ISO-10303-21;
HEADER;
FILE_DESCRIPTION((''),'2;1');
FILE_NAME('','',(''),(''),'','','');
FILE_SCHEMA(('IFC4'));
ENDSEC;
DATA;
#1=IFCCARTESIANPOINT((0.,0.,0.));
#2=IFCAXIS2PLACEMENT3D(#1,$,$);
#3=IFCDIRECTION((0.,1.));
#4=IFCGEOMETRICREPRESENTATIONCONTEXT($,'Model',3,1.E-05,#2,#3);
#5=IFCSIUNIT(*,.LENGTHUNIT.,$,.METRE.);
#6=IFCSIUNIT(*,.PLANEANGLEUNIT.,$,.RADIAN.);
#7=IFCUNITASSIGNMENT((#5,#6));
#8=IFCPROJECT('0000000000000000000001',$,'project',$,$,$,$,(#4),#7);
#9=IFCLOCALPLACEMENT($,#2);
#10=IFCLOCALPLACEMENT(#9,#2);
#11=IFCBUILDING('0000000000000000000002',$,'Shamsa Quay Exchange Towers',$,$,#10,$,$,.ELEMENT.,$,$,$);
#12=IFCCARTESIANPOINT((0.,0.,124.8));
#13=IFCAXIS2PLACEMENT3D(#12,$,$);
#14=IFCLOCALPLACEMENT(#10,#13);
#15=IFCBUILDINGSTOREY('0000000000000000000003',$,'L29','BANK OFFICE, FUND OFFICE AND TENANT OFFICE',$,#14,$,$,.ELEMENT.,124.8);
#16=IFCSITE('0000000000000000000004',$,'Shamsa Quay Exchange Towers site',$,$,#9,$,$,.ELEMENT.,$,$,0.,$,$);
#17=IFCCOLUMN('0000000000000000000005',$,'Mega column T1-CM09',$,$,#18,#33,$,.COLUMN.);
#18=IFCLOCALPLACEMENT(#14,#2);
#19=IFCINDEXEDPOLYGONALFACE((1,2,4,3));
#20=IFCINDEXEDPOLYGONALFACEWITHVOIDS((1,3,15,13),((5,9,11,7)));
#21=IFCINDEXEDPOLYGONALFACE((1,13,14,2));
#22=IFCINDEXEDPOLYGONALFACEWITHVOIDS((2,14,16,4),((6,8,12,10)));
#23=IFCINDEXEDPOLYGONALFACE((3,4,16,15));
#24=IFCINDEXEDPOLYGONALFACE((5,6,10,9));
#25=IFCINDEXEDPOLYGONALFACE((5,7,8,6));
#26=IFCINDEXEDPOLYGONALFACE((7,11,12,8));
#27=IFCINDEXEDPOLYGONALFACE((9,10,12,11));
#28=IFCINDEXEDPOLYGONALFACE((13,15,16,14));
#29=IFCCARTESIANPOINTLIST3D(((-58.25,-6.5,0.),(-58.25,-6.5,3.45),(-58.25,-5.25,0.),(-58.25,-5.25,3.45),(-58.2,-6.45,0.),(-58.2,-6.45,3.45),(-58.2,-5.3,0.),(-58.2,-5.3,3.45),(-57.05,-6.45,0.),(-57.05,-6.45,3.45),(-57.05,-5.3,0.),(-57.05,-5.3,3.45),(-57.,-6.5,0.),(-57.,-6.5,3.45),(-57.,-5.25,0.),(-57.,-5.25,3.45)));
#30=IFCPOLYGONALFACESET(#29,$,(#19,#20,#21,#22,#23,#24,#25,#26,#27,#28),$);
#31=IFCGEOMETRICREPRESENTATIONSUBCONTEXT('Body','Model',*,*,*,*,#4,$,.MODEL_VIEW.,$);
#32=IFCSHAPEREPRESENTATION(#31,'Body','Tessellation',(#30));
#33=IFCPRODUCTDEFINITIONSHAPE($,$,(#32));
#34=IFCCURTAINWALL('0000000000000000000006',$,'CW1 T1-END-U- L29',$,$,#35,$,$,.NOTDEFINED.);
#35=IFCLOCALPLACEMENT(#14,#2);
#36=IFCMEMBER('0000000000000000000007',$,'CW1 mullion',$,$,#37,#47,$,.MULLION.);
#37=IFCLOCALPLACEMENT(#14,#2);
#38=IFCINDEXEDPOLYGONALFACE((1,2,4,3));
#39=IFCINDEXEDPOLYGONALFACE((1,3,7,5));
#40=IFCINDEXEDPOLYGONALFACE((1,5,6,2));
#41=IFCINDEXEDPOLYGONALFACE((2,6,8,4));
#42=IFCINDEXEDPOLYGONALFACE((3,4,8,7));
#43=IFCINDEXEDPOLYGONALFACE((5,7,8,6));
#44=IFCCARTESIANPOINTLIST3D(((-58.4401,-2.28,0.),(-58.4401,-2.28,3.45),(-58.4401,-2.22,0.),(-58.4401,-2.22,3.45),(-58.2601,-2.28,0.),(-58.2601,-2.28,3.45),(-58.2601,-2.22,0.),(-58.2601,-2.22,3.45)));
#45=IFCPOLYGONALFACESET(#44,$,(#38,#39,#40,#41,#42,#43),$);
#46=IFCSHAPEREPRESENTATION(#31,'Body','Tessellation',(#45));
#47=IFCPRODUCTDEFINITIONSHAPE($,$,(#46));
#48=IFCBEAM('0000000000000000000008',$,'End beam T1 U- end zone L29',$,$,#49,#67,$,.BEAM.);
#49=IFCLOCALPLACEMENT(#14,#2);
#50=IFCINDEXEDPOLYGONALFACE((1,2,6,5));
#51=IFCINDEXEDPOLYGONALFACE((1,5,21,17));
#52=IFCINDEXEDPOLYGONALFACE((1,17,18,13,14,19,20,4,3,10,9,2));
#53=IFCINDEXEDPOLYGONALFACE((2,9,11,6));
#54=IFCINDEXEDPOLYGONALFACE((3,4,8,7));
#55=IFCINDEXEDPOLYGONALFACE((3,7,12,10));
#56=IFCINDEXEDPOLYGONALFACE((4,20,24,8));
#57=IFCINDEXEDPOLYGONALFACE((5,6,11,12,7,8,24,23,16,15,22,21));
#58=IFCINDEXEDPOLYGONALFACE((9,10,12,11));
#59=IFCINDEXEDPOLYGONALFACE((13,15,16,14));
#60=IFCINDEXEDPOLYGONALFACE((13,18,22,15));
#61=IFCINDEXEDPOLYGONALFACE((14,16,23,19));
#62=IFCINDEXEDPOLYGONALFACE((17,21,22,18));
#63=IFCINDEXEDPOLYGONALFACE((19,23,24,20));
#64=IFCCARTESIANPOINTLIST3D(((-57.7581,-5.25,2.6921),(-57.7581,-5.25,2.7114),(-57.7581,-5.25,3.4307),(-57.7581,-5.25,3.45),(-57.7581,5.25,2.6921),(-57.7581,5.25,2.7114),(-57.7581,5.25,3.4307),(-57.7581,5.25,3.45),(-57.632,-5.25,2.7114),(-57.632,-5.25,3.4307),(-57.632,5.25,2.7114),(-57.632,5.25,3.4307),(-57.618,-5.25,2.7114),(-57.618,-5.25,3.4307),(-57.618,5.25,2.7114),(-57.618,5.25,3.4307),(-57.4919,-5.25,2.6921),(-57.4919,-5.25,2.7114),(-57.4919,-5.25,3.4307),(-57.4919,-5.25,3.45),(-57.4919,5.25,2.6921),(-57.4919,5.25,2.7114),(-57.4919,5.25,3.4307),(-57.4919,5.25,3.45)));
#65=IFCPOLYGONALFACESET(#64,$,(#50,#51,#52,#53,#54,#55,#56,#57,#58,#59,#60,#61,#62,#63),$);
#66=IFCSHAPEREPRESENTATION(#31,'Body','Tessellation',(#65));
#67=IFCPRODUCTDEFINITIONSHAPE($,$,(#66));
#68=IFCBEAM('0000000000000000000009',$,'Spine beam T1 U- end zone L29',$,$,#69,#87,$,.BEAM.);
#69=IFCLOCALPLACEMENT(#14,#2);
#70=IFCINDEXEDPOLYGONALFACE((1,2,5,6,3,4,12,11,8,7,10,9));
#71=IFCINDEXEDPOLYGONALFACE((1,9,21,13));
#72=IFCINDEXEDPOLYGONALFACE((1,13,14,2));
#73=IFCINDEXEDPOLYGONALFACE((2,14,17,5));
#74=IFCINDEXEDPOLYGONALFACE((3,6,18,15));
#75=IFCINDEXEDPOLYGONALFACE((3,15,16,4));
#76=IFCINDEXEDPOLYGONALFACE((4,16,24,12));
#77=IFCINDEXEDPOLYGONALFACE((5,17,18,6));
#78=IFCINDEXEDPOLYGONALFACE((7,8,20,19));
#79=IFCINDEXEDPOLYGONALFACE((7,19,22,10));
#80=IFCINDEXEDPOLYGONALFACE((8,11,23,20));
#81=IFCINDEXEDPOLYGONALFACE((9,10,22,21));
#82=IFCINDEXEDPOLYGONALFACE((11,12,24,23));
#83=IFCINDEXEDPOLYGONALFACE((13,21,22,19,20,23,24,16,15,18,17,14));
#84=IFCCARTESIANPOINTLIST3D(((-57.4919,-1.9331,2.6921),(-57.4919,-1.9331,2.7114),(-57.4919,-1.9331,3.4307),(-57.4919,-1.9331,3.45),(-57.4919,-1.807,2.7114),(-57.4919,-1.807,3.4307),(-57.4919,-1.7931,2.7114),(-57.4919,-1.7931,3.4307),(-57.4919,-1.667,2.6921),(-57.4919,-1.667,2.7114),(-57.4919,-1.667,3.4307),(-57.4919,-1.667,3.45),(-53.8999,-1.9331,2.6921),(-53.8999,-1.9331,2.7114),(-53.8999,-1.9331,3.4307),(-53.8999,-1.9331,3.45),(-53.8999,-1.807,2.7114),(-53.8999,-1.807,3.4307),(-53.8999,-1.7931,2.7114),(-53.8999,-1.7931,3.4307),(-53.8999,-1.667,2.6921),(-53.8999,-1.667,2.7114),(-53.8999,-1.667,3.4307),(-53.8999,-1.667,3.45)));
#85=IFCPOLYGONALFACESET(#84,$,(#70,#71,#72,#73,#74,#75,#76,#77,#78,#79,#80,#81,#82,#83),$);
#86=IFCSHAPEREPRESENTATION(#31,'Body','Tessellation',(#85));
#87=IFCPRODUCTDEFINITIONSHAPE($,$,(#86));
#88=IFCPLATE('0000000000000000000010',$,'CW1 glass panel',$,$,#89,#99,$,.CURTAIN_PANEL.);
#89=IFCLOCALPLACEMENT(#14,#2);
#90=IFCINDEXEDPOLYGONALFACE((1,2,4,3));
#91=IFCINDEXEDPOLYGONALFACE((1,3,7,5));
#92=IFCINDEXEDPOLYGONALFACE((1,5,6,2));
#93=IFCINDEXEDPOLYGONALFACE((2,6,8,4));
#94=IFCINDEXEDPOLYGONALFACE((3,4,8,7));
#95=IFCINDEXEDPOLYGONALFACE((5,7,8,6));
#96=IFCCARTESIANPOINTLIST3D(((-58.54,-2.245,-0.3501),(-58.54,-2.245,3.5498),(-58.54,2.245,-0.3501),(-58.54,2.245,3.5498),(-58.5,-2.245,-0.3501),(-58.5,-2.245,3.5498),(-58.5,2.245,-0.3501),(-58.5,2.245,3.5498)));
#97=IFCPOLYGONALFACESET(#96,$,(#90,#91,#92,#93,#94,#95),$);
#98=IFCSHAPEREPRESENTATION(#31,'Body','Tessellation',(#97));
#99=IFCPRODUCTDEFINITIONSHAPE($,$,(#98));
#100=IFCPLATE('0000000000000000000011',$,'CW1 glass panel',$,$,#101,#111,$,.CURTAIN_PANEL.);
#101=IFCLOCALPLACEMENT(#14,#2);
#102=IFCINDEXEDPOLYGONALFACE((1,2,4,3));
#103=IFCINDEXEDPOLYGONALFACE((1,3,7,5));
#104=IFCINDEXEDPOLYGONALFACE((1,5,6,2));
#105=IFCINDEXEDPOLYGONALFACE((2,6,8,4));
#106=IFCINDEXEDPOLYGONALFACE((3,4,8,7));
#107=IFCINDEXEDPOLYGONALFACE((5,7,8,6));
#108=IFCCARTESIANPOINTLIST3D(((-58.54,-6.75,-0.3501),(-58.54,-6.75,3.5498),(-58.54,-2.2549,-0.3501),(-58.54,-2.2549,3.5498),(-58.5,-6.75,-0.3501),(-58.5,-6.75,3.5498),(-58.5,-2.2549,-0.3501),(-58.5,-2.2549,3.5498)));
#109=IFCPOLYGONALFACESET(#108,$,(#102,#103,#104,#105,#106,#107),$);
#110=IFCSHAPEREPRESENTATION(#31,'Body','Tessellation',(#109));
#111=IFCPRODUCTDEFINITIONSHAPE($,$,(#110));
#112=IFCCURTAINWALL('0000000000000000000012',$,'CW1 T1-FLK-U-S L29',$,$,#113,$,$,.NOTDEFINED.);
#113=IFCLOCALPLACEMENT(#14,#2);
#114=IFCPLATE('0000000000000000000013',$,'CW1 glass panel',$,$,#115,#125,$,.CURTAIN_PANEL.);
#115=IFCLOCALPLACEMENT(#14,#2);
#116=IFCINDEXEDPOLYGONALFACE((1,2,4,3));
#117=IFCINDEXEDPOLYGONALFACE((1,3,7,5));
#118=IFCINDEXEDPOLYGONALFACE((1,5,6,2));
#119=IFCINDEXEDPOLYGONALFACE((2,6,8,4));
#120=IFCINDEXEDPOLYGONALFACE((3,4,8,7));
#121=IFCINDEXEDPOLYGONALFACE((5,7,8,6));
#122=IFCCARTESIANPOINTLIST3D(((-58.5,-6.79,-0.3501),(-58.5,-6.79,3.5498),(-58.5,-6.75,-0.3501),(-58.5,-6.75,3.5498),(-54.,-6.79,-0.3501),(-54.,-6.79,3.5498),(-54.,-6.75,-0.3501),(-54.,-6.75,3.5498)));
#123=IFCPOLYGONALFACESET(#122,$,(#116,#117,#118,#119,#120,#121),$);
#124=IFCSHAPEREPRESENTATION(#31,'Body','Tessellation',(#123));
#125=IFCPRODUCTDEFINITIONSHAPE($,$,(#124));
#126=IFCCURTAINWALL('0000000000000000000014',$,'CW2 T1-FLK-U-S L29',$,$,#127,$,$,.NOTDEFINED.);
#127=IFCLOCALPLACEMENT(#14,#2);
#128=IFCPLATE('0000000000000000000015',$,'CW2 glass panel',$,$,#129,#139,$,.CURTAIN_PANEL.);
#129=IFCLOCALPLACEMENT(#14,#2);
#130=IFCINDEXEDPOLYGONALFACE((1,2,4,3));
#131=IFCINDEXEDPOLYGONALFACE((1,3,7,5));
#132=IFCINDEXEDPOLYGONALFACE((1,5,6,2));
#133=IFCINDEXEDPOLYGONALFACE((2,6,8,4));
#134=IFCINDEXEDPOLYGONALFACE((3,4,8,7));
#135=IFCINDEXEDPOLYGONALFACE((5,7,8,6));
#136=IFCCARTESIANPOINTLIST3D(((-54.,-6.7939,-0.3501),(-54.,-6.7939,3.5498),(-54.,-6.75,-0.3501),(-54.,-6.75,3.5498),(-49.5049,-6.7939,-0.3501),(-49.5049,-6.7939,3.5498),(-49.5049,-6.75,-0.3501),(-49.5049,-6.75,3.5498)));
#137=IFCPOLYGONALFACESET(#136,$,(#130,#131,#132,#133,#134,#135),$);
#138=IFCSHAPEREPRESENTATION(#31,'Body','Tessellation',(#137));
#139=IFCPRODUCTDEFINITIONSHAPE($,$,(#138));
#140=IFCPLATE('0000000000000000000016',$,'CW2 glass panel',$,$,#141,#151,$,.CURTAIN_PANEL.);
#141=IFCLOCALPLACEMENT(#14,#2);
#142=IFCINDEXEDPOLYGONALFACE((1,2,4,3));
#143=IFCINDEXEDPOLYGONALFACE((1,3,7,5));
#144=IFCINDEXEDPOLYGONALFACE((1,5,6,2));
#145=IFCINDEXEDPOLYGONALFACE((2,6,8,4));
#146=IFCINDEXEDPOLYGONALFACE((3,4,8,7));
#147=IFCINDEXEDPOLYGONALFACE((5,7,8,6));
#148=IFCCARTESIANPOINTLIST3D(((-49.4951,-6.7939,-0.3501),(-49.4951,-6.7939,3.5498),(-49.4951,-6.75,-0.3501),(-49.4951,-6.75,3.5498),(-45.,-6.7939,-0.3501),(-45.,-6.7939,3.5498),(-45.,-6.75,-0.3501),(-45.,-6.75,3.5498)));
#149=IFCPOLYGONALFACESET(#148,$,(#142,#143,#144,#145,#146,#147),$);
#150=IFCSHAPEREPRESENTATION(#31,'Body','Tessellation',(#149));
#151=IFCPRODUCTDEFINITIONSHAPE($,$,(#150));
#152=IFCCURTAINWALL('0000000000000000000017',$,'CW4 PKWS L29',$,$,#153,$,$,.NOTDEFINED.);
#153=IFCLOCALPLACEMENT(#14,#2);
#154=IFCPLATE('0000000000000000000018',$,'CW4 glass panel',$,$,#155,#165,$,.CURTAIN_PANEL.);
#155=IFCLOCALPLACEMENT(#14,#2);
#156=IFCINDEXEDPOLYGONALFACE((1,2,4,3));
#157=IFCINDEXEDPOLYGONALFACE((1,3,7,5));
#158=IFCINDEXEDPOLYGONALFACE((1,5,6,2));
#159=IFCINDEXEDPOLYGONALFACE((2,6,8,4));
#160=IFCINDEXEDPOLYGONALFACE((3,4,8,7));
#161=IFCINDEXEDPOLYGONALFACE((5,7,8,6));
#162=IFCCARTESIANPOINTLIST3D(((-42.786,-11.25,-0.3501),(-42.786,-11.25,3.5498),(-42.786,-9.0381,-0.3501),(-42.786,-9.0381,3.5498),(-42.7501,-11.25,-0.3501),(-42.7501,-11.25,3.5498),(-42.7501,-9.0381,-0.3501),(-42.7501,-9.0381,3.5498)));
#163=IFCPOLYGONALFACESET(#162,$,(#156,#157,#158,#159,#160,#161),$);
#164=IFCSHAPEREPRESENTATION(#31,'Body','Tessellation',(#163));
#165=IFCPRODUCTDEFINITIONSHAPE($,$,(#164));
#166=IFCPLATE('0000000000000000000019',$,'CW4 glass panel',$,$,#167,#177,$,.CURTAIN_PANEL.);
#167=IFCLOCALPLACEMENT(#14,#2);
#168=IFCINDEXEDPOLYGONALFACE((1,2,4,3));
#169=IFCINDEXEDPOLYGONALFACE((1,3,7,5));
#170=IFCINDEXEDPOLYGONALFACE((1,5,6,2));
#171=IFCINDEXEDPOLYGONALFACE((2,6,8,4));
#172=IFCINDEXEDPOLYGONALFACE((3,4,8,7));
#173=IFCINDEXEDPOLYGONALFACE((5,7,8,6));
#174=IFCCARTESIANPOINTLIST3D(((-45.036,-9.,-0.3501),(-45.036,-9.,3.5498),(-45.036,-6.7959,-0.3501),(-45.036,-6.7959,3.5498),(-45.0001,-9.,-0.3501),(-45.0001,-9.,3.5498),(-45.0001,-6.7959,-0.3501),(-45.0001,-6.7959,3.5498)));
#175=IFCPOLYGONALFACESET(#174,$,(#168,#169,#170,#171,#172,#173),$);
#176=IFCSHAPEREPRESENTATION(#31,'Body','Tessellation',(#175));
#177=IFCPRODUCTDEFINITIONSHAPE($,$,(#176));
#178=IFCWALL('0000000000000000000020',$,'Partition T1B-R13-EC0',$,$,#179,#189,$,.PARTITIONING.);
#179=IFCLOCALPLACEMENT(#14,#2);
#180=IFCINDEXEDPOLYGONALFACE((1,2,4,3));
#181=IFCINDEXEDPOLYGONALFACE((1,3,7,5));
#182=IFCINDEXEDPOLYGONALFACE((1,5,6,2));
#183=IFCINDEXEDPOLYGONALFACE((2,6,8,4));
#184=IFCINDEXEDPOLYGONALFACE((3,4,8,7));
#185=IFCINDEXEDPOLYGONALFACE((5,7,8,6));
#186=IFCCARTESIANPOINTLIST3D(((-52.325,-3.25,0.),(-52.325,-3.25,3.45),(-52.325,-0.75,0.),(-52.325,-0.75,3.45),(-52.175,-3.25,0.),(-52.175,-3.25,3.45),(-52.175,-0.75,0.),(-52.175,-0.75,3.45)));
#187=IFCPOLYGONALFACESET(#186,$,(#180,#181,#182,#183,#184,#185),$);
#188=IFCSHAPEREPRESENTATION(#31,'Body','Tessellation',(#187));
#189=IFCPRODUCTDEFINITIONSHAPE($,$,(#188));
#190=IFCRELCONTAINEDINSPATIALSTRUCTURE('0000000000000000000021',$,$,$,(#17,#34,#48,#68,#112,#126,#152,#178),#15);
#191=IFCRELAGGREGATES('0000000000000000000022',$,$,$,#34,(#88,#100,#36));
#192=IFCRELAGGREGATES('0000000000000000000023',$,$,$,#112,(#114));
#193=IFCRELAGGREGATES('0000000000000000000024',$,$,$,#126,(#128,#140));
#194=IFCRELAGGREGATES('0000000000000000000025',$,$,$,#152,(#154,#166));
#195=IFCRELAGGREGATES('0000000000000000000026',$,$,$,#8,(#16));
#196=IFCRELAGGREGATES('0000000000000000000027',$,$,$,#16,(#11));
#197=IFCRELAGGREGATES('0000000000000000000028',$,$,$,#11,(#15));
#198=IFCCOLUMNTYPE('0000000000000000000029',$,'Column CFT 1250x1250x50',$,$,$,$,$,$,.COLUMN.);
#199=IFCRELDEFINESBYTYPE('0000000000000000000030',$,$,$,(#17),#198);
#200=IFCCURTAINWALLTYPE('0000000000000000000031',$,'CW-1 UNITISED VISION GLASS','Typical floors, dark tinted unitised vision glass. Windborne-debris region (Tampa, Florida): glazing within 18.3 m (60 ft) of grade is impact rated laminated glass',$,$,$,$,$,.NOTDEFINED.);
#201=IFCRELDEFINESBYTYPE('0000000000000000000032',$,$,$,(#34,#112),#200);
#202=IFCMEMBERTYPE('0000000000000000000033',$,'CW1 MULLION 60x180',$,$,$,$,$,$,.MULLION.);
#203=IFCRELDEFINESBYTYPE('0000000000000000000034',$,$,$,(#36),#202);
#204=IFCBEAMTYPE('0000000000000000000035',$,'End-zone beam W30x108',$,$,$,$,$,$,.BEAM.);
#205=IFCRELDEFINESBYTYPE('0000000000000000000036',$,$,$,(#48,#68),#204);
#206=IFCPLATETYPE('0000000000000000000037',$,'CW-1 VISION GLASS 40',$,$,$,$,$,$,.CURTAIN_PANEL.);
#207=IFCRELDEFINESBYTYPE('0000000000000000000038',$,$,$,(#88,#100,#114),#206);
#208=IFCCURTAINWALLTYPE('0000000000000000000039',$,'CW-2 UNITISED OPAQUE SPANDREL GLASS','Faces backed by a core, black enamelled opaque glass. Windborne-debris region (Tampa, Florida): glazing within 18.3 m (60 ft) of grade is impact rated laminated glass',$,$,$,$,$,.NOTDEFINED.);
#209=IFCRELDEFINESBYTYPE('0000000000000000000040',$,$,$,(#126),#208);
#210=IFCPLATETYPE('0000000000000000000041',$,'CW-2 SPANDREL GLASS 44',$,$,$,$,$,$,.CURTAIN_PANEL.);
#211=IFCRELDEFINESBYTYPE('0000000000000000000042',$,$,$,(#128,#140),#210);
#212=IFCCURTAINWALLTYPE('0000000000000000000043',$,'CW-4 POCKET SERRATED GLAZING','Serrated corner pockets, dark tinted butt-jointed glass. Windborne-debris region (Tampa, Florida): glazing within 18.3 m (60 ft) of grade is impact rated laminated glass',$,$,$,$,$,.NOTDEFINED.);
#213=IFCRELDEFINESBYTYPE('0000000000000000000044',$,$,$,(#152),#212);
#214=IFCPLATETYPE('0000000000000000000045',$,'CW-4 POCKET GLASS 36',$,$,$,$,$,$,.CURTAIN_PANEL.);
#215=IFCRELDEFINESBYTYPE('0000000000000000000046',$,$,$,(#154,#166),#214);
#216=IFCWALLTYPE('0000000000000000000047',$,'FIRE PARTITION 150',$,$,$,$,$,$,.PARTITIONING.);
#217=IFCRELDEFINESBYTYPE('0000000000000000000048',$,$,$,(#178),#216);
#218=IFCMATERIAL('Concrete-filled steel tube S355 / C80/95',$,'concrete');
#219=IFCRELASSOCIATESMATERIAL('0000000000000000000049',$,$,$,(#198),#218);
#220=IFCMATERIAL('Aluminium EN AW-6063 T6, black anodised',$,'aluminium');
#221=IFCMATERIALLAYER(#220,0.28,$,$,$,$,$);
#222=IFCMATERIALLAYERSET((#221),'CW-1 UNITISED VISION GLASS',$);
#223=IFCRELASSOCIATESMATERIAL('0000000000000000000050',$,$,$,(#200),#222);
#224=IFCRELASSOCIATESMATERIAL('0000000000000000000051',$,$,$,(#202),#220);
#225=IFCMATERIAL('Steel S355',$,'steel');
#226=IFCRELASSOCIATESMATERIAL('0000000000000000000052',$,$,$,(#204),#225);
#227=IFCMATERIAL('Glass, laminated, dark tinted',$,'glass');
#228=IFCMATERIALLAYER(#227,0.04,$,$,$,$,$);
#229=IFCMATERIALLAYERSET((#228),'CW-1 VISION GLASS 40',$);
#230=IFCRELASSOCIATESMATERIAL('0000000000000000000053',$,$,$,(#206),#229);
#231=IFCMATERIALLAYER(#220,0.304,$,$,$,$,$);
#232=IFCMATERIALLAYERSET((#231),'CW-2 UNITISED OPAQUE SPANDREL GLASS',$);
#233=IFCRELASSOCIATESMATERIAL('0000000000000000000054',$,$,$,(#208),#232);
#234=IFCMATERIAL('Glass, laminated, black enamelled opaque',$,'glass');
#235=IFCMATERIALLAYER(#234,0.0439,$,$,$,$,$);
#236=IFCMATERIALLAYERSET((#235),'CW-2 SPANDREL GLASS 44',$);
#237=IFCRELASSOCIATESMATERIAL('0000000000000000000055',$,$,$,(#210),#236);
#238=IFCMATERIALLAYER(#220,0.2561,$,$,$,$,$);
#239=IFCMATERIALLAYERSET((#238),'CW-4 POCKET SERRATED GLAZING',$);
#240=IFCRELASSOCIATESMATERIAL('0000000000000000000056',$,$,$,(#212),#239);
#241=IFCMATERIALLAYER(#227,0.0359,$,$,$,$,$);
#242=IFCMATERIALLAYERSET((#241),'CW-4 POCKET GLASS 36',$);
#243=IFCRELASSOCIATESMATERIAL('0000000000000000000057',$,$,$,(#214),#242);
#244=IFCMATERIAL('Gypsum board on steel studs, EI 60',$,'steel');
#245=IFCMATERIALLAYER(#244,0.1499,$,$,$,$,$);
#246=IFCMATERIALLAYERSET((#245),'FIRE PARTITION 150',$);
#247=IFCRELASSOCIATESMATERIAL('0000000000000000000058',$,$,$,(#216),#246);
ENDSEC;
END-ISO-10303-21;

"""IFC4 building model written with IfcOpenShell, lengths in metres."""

from ifc_helpers import new_model, si_unit, direction, frame, frame_2d, origin, origin_2d, place, context, subcontext, project, spatial, rectangle, hollow_rectangle, i_section, extrude, material, layer, layer_set, material_profile, profile_set, type_object, element, aggregate, save


model = new_model("IFC4")

# Units and contexts
model_context = context("Model", 3, precision=1e-05, world=origin(), true_north=direction((0.0, 1.0)))
body_context = subcontext(model_context, "Body", "Model", "MODEL_VIEW")
ifc_project = project(units=[si_unit("LENGTHUNIT", "METRE"), si_unit("PLANEANGLEUNIT", "RADIAN")], contexts=[model_context])

# Site, building, storey
site_placement = place(None, origin())
site = spatial("IfcSite", under=ifc_project, at=site_placement, Name="Shamsa Quay Exchange Towers site", CompositionType="ELEMENT", RefElevation=0.0)
building_placement = place(site_placement, origin())
building = spatial("IfcBuilding", under=site, at=building_placement, Name="Shamsa Quay Exchange Towers", CompositionType="ELEMENT")
storey_placement = place(building_placement, frame((0.0, 0.0, 124.8)))
storey = spatial("IfcBuildingStorey", under=building, at=storey_placement, Name="L29", Description="BANK OFFICE, FUND OFFICE AND TENANT OFFICE", CompositionType="ELEMENT", Elevation=124.8)

# Column
ifc_material_1 = material(Name="Concrete-filled steel tube S355 / C80/95", Category="concrete")
ifc_material_profile_1 = material_profile(ifc_material_1, hollow_rectangle(XDim=1.25, YDim=1.25, WallThickness=0.05, at=origin_2d()), Name="CFT 1250x1250x50")
ifc_profile_set_1 = profile_set([ifc_material_profile_1], Name="Concrete-filled steel tube S355 / C80/95")
column_type = type_object("IfcColumnType", Name="Column CFT 1250x1250x50", PredefinedType="COLUMN", material=ifc_profile_set_1)
column_placement = place(storey_placement, frame((-57.625, -5.875, 0.0)))
element("IfcColumn", 1, at=column_placement, inside=storey, type_object=column_type, Name="Mega column T1-CM09", PredefinedType="COLUMN", context=body_context, shape_type="SweptSolid", body=[
    extrude(hollow_rectangle(XDim=1.25, YDim=1.25, WallThickness=0.05, at=origin_2d()), origin(), (0.0, 0.0, 1.0), 3.45),
])

# Curtain wall, member
ifc_material_2 = material(Name="Aluminium EN AW-6063 T6, black anodised", Category="aluminium")
ifc_layer_1 = layer(ifc_material_2, 0.28)
ifc_layer_set_1 = layer_set([ifc_layer_1], Name="CW-1 UNITISED VISION GLASS")
curtain_wall_type_1 = type_object("IfcCurtainWallType", Name="CW-1 UNITISED VISION GLASS", Description="Typical floors, dark tinted unitised vision glass. Windborne-debris region (Tampa, Florida): glazing within 18.3 m (60 ft) of grade is impact rated laminated glass", PredefinedType="NOTDEFINED", material=ifc_layer_set_1)
curtain_wall_1_placement = place(storey_placement, origin())
curtain_wall_1 = element("IfcCurtainWall", 2, at=curtain_wall_1_placement, inside=storey, type_object=curtain_wall_type_1, Name="CW1 T1-END-U- L29", PredefinedType="NOTDEFINED")
ifc_material_profile_2 = material_profile(ifc_material_2, rectangle(XDim=0.1799, YDim=0.0601, at=origin_2d()), Name="MU60x180")
ifc_profile_set_2 = profile_set([ifc_material_profile_2], Name="Aluminium EN AW-6063 T6, black anodised")
member_type = type_object("IfcMemberType", Name="CW1 MULLION 60x180", PredefinedType="MULLION", material=ifc_profile_set_2)
member_placement = place(storey_placement, frame((-58.3501, -2.25, 0.0)))
member = element("IfcMember", 3, at=member_placement, type_object=member_type, Name="CW1 mullion", PredefinedType="MULLION", context=body_context, shape_type="SweptSolid", body=[
    extrude(rectangle(XDim=0.1799, YDim=0.0601, at=origin_2d()), origin(), (0.0, 0.0, 1.0), 3.45),
])

# Beams
ifc_material_3 = material(Name="Steel S355", Category="steel")
ifc_material_profile_3 = material_profile(ifc_material_3, i_section(OverallWidth=0.2661, OverallDepth=0.7578, WebThickness=0.0139, FlangeThickness=0.0193, at=origin_2d()), Name="W30x108")
ifc_profile_set_3 = profile_set([ifc_material_profile_3], Name="Steel S355")
beam_type = type_object("IfcBeamType", Name="End-zone beam W30x108", PredefinedType="BEAM", material=ifc_profile_set_3)
beam_1_placement = place(storey_placement, frame((-57.625, -5.25, 3.071), z_axis=(0.0, 1.0, 0.0), x_axis=(-1.0, 0.0, 0.0)))
element("IfcBeam", 4, at=beam_1_placement, inside=storey, type_object=beam_type, Name="End beam T1 U- end zone L29", PredefinedType="BEAM", context=body_context, shape_type="SweptSolid", body=[
    extrude(i_section(OverallWidth=0.2661, OverallDepth=0.7578, WebThickness=0.0139, FlangeThickness=0.0193, at=origin_2d()), origin(), (0.0, 0.0, 1.0), 10.5),
])
beam_2_placement = place(storey_placement, frame((-53.8999, -1.8, 3.071), z_axis=(-1.0, 0.0, 0.0), x_axis=(0.0, -1.0, 0.0)))
element("IfcBeam", 5, at=beam_2_placement, inside=storey, type_object=beam_type, Name="Spine beam T1 U- end zone L29", PredefinedType="BEAM", context=body_context, shape_type="SweptSolid", body=[
    extrude(i_section(OverallWidth=0.2661, OverallDepth=0.7578, WebThickness=0.0139, FlangeThickness=0.0193, at=origin_2d()), origin(), (0.0, 0.0, 1.0), 3.592),
])

# Plates
ifc_material_4 = material(Name="Glass, laminated, dark tinted", Category="glass")
ifc_layer_2 = layer(ifc_material_4, 0.04)
ifc_layer_set_2 = layer_set([ifc_layer_2], Name="CW-1 VISION GLASS 40")
plate_type_1 = type_object("IfcPlateType", Name="CW-1 VISION GLASS 40", PredefinedType="CURTAIN_PANEL", material=ifc_layer_set_2)
plate_1_placement = place(storey_placement, frame((-58.52, 0.0, -0.3501), z_axis=(0.0, 0.0, 1.0), x_axis=(0.0, -1.0, 0.0)))
plate_1 = element("IfcPlate", 6, at=plate_1_placement, type_object=plate_type_1, Name="CW1 glass panel", PredefinedType="CURTAIN_PANEL", context=body_context, shape_type="SweptSolid", body=[
    extrude(rectangle(XDim=4.49, YDim=0.04, at=origin_2d()), origin(), (0.0, 0.0, 1.0), 3.8999),
])
plate_2_placement = place(storey_placement, frame((-58.52, -4.5024, -0.3501), z_axis=(0.0, 0.0, 1.0), x_axis=(0.0, -1.0, 0.0)))
plate_2 = element("IfcPlate", 7, at=plate_2_placement, type_object=plate_type_1, Name="CW1 glass panel", PredefinedType="CURTAIN_PANEL", context=body_context, shape_type="SweptSolid", body=[
    extrude(rectangle(XDim=4.4951, YDim=0.04, at=origin_2d()), origin(), (0.0, 0.0, 1.0), 3.8999),
])
aggregate(curtain_wall_1, [plate_1, plate_2, member])

# Curtain wall, plate
curtain_wall_2_placement = place(storey_placement, origin())
curtain_wall_2 = element("IfcCurtainWall", 8, at=curtain_wall_2_placement, inside=storey, type_object=curtain_wall_type_1, Name="CW1 T1-FLK-U-S L29", PredefinedType="NOTDEFINED")
plate_3_placement = place(storey_placement, frame((-56.25, -6.77, -0.3501)))
plate_3 = element("IfcPlate", 9, at=plate_3_placement, type_object=plate_type_1, Name="CW1 glass panel", PredefinedType="CURTAIN_PANEL", context=body_context, shape_type="SweptSolid", body=[
    extrude(rectangle(XDim=4.5, YDim=0.04, at=origin_2d()), origin(), (0.0, 0.0, 1.0), 3.8999),
])
aggregate(curtain_wall_2, [plate_3])

# Curtain walls, plates
ifc_layer_3 = layer(ifc_material_2, 0.304)
ifc_layer_set_3 = layer_set([ifc_layer_3], Name="CW-2 UNITISED OPAQUE SPANDREL GLASS")
curtain_wall_type_2 = type_object("IfcCurtainWallType", Name="CW-2 UNITISED OPAQUE SPANDREL GLASS", Description="Faces backed by a core, black enamelled opaque glass. Windborne-debris region (Tampa, Florida): glazing within 18.3 m (60 ft) of grade is impact rated laminated glass", PredefinedType="NOTDEFINED", material=ifc_layer_set_3)
curtain_wall_3_placement = place(storey_placement, origin())
curtain_wall_3 = element("IfcCurtainWall", 10, at=curtain_wall_3_placement, inside=storey, type_object=curtain_wall_type_2, Name="CW2 T1-FLK-U-S L29", PredefinedType="NOTDEFINED")
ifc_material_5 = material(Name="Glass, laminated, black enamelled opaque", Category="glass")
ifc_layer_4 = layer(ifc_material_5, 0.0439)
ifc_layer_set_4 = layer_set([ifc_layer_4], Name="CW-2 SPANDREL GLASS 44")
plate_type_2 = type_object("IfcPlateType", Name="CW-2 SPANDREL GLASS 44", PredefinedType="CURTAIN_PANEL", material=ifc_layer_set_4)
plate_4_placement = place(storey_placement, frame((-51.7524, -6.772, -0.3501)))
plate_4 = element("IfcPlate", 11, at=plate_4_placement, type_object=plate_type_2, Name="CW2 glass panel", PredefinedType="CURTAIN_PANEL", context=body_context, shape_type="SweptSolid", body=[
    extrude(rectangle(XDim=4.4951, YDim=0.0439, at=origin_2d()), origin(), (0.0, 0.0, 1.0), 3.8999),
])
plate_5_placement = place(storey_placement, frame((-47.2476, -6.772, -0.3501)))
plate_5 = element("IfcPlate", 12, at=plate_5_placement, type_object=plate_type_2, Name="CW2 glass panel", PredefinedType="CURTAIN_PANEL", context=body_context, shape_type="SweptSolid", body=[
    extrude(rectangle(XDim=4.4951, YDim=0.0439, at=origin_2d()), origin(), (0.0, 0.0, 1.0), 3.8999),
])
aggregate(curtain_wall_3, [plate_4, plate_5])
ifc_layer_5 = layer(ifc_material_2, 0.2561)
ifc_layer_set_5 = layer_set([ifc_layer_5], Name="CW-4 POCKET SERRATED GLAZING")
curtain_wall_type_3 = type_object("IfcCurtainWallType", Name="CW-4 POCKET SERRATED GLAZING", Description="Serrated corner pockets, dark tinted butt-jointed glass. Windborne-debris region (Tampa, Florida): glazing within 18.3 m (60 ft) of grade is impact rated laminated glass", PredefinedType="NOTDEFINED", material=ifc_layer_set_5)
curtain_wall_4_placement = place(storey_placement, origin())
curtain_wall_4 = element("IfcCurtainWall", 13, at=curtain_wall_4_placement, inside=storey, type_object=curtain_wall_type_3, Name="CW4 PKWS L29", PredefinedType="NOTDEFINED")
ifc_layer_6 = layer(ifc_material_4, 0.0359)
ifc_layer_set_6 = layer_set([ifc_layer_6], Name="CW-4 POCKET GLASS 36")
plate_type_3 = type_object("IfcPlateType", Name="CW-4 POCKET GLASS 36", PredefinedType="CURTAIN_PANEL", material=ifc_layer_set_6)
plate_6_placement = place(storey_placement, frame((-42.7681, -10.144, -0.3501), z_axis=(0.0, 0.0, 1.0), x_axis=(0.0, -1.0, 0.0)))
plate_6 = element("IfcPlate", 14, at=plate_6_placement, type_object=plate_type_3, Name="CW4 glass panel", PredefinedType="CURTAIN_PANEL", context=body_context, shape_type="SweptSolid", body=[
    extrude(rectangle(XDim=2.2119, YDim=0.0359, at=origin_2d()), origin(), (0.0, 0.0, 1.0), 3.8999),
])
plate_7_placement = place(storey_placement, frame((-45.0181, -7.8979, -0.3501), z_axis=(0.0, 0.0, 1.0), x_axis=(0.0, -1.0, 0.0)))
plate_7 = element("IfcPlate", 15, at=plate_7_placement, type_object=plate_type_3, Name="CW4 glass panel", PredefinedType="CURTAIN_PANEL", context=body_context, shape_type="SweptSolid", body=[
    extrude(rectangle(XDim=2.2041, YDim=0.0359, at=origin_2d()), origin(), (0.0, 0.0, 1.0), 3.8999),
])
aggregate(curtain_wall_4, [plate_6, plate_7])

# Wall
ifc_material_6 = material(Name="Gypsum board on steel studs, EI 60", Category="steel")
ifc_layer_7 = layer(ifc_material_6, 0.1499)
ifc_layer_set_7 = layer_set([ifc_layer_7], Name="FIRE PARTITION 150")
wall_type_1 = type_object("IfcWallType", Name="FIRE PARTITION 150", PredefinedType="PARTITIONING", material=ifc_layer_set_7)
wall_1_placement = place(storey_placement, frame((-52.25, -3.25, 0.0), z_axis=(0.0, 0.0, 1.0), x_axis=(0.0, 1.0, 0.0)))
element("IfcWall", 16, at=wall_1_placement, inside=storey, type_object=wall_type_1, Name="Partition T1B-R13-EC0", PredefinedType="PARTITIONING", context=body_context, shape_type="SweptSolid", body=[
    extrude(rectangle(XDim=2.5, YDim=0.1499, at=frame_2d((1.25, 0.0))), origin(), (0.0, 0.0, 1.0), 3.45),
])

save(model, "model.ifc")
